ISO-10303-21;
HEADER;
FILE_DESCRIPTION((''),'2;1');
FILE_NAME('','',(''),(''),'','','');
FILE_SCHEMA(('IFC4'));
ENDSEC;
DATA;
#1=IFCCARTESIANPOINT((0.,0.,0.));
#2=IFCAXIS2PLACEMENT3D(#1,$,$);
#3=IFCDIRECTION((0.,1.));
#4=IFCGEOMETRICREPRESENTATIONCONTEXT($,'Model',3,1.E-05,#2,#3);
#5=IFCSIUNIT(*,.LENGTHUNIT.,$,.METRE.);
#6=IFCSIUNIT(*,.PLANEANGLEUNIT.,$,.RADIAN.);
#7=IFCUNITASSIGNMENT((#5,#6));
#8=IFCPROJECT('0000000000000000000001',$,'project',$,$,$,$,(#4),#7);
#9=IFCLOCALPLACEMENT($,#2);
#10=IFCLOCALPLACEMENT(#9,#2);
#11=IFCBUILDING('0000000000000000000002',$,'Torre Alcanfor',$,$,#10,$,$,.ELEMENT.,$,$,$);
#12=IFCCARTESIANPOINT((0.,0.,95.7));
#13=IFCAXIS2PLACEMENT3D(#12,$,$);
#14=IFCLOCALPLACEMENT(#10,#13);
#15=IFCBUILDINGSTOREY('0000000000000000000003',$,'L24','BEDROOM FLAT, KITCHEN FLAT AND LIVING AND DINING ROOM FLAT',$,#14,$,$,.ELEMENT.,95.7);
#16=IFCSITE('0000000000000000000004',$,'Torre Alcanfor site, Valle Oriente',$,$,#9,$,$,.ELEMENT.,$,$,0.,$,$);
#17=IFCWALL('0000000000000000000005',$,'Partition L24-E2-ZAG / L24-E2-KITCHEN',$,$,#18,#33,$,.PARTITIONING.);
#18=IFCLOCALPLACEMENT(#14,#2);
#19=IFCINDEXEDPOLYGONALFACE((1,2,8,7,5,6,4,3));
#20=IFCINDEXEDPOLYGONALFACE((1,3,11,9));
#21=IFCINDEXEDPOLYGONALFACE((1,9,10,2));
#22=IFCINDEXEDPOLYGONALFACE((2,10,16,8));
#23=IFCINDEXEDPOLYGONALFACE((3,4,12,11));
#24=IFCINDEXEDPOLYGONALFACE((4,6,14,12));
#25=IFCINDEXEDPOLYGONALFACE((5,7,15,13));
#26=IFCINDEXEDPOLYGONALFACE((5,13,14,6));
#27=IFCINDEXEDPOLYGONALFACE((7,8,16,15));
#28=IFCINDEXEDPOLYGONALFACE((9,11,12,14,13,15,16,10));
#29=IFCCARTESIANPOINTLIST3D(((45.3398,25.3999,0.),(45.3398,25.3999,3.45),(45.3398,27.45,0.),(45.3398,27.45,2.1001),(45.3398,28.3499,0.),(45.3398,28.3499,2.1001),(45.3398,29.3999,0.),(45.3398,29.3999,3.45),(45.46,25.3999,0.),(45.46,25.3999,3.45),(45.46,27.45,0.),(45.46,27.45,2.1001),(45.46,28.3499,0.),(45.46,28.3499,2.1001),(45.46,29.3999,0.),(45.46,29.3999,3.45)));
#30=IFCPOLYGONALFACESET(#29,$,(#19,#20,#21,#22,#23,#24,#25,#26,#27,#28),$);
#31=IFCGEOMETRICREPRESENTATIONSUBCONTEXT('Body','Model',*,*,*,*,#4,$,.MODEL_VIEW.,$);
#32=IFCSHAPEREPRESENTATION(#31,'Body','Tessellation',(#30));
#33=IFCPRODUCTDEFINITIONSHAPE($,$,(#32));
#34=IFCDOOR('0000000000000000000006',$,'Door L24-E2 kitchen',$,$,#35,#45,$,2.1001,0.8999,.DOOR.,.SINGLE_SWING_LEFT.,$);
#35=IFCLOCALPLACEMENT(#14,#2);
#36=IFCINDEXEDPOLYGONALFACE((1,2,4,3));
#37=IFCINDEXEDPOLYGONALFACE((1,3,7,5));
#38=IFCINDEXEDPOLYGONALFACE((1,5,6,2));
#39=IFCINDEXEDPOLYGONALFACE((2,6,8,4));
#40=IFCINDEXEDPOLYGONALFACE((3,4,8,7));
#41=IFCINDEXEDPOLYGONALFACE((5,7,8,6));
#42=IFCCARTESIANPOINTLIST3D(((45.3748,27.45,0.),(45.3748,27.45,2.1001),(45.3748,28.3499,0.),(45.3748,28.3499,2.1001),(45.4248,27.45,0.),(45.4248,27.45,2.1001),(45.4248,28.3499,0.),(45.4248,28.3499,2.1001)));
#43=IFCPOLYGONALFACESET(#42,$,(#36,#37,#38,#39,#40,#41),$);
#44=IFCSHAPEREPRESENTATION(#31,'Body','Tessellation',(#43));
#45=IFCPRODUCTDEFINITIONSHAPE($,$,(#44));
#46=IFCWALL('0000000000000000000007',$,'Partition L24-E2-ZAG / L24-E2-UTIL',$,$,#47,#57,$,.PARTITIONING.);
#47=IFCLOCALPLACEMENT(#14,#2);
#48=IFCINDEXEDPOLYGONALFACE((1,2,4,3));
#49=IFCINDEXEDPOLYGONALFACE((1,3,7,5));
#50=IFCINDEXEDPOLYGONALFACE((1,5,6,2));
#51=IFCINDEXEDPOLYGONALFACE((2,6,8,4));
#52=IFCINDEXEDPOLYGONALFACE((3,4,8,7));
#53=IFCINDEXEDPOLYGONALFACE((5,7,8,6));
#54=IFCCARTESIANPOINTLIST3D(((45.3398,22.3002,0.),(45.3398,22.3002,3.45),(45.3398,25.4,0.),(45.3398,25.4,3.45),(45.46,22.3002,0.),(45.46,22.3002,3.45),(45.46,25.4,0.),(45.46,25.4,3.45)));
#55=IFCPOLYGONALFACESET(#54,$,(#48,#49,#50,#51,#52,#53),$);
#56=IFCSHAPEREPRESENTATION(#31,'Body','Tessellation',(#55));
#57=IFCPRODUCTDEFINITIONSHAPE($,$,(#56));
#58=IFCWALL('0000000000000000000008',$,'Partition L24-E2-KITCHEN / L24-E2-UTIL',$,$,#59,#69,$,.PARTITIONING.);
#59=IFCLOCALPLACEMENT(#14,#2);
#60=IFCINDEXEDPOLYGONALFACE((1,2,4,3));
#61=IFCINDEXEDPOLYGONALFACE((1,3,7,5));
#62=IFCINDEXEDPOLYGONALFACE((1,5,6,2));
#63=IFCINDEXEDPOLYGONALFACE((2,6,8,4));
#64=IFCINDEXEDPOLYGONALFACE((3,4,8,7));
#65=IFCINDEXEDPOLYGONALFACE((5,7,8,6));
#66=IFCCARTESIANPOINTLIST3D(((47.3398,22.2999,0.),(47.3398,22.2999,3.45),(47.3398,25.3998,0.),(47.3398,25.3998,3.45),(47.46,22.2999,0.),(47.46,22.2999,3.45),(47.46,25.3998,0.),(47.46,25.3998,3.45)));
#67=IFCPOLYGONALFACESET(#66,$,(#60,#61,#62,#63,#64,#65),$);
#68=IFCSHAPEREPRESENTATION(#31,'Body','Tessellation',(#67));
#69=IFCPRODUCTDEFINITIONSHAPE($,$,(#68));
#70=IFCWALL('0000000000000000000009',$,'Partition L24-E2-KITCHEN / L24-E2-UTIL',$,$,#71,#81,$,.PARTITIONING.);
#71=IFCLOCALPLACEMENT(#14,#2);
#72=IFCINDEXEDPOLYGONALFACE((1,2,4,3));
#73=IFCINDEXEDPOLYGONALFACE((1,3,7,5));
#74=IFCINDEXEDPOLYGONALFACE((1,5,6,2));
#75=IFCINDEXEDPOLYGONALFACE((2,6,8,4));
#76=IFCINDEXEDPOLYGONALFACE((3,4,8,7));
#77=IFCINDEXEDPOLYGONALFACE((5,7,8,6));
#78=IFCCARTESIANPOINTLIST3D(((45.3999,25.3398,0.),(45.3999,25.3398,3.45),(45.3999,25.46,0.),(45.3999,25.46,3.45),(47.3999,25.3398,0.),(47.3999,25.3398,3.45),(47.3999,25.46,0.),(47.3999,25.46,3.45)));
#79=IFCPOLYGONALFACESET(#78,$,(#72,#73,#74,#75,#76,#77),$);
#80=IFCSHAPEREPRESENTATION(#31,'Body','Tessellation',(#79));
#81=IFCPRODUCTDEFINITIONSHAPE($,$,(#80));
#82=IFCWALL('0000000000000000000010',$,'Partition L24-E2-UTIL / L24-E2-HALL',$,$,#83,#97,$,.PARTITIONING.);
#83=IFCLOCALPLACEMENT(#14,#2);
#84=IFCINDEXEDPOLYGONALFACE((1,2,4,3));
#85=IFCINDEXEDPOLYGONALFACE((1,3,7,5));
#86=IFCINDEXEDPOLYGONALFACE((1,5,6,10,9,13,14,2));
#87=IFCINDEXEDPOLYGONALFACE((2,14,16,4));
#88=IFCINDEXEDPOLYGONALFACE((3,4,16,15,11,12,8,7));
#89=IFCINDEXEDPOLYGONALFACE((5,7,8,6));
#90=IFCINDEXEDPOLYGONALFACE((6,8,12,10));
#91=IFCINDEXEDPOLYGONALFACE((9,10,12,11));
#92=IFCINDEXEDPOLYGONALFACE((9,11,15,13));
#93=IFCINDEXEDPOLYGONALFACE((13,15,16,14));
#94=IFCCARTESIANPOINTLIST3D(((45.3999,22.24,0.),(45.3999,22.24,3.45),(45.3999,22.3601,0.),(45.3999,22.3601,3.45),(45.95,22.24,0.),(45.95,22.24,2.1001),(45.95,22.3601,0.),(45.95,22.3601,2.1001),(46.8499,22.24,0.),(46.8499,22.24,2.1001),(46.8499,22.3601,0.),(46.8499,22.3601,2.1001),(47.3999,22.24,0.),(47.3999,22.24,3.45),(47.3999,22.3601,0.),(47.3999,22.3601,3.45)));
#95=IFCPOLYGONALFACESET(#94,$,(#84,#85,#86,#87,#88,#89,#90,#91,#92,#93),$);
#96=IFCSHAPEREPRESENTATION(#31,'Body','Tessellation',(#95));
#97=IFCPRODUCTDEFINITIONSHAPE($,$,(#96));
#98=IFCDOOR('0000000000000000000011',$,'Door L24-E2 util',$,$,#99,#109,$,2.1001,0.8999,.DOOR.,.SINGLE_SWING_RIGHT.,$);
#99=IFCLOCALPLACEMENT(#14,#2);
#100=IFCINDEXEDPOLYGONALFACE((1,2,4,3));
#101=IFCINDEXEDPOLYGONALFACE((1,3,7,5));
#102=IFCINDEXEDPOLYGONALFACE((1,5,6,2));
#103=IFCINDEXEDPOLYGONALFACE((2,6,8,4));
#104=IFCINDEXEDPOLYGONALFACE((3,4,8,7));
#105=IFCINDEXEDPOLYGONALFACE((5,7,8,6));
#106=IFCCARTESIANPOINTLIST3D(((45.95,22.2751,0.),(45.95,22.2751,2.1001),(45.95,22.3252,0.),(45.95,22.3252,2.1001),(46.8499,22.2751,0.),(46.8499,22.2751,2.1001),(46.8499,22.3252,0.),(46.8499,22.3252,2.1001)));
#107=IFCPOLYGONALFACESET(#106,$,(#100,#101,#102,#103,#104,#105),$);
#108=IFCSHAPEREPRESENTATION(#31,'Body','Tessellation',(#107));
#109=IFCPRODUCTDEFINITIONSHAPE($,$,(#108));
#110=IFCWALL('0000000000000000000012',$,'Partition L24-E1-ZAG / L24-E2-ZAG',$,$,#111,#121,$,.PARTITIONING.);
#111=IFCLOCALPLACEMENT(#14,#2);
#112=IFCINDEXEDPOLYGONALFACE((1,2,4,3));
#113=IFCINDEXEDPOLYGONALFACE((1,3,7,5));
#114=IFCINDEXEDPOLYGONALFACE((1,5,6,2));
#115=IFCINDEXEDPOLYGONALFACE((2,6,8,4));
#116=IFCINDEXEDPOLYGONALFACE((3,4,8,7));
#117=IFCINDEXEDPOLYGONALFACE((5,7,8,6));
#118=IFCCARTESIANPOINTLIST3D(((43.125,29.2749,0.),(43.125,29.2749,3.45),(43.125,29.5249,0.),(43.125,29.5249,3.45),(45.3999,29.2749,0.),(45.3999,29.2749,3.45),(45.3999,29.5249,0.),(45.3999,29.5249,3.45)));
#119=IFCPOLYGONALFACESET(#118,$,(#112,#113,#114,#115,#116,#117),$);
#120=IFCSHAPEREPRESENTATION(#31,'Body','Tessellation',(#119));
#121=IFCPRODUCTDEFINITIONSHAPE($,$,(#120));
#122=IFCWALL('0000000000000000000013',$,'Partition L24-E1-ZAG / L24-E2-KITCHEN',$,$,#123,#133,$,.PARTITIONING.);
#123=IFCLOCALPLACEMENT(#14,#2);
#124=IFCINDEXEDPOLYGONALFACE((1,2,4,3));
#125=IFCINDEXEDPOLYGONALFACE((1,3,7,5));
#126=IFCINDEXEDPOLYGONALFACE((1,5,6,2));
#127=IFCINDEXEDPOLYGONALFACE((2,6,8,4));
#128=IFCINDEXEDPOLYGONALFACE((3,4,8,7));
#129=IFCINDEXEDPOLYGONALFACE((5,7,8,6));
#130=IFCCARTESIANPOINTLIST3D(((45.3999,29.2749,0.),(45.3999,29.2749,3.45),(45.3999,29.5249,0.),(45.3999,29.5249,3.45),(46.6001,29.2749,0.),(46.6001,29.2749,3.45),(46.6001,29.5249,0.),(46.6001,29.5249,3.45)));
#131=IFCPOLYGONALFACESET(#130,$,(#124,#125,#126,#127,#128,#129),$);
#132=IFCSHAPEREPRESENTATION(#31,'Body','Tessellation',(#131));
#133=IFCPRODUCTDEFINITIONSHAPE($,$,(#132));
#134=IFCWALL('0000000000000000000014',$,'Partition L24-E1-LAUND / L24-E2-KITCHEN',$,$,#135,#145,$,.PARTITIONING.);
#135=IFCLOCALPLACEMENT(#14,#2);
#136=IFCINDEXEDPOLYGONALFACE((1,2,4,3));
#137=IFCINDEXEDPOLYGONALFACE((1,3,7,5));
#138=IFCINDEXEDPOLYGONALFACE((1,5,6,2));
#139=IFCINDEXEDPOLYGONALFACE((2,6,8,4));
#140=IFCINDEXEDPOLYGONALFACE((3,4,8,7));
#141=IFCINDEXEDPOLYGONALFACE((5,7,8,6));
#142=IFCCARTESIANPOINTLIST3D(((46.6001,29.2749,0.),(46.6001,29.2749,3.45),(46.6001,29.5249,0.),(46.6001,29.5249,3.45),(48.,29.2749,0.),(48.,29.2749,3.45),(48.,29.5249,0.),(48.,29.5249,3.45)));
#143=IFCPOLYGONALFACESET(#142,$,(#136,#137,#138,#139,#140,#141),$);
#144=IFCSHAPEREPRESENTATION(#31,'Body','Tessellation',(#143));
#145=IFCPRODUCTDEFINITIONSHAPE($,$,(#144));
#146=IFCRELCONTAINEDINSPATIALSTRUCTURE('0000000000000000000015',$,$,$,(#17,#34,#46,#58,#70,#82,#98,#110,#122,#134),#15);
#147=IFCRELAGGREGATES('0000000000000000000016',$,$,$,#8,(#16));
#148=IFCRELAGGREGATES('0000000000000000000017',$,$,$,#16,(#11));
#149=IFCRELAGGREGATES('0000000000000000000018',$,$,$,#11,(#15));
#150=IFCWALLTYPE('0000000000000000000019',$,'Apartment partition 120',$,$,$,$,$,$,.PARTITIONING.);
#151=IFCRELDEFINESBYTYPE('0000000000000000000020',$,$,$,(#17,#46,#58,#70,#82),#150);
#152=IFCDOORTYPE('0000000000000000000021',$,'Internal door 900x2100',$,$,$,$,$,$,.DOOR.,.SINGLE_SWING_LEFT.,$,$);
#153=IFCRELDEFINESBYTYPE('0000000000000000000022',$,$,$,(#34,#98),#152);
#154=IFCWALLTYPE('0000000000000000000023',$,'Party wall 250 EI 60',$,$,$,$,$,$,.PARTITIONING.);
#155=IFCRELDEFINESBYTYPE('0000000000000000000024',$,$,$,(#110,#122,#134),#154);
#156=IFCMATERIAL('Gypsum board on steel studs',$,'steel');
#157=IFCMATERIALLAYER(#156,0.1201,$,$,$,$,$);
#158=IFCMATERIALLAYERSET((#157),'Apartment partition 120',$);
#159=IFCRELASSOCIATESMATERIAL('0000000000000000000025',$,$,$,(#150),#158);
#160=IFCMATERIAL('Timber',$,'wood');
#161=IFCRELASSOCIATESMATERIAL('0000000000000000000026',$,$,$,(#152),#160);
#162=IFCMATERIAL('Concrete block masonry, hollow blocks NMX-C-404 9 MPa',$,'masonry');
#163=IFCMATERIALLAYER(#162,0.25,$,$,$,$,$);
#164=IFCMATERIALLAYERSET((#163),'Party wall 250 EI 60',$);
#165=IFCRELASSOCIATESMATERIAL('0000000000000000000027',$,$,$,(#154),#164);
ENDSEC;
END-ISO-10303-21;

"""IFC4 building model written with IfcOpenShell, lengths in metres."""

from ifc_helpers import new_model, si_unit, direction, frame, frame_2d, origin, place, context, subcontext, project, spatial, rectangle, extrude, material, layer, layer_set, type_object, element, fill, save


model = new_model("IFC4")

# Units and contexts
model_context = context("Model", 3, precision=1e-05, world=origin(), true_north=direction((0.0, 1.0)))
body_context = subcontext(model_context, "Body", "Model", "MODEL_VIEW")
ifc_project = project(units=[si_unit("LENGTHUNIT", "METRE"), si_unit("PLANEANGLEUNIT", "RADIAN")], contexts=[model_context])

# Site, building, storey
site_placement = place(None, origin())
site = spatial("IfcSite", under=ifc_project, at=site_placement, Name="Torre Alcanfor site, Valle Oriente", CompositionType="ELEMENT", RefElevation=0.0)
building_placement = place(site_placement, origin())
building = spatial("IfcBuilding", under=site, at=building_placement, Name="Torre Alcanfor", CompositionType="ELEMENT")
storey_placement = place(building_placement, frame((0.0, 0.0, 95.7)))
storey = spatial("IfcBuildingStorey", under=building, at=storey_placement, Name="L24", Description="BEDROOM FLAT, KITCHEN FLAT AND LIVING AND DINING ROOM FLAT", CompositionType="ELEMENT", Elevation=95.7)

# Shared definitions
ifc_material_1 = material(Name="Gypsum board on steel studs", Category="steel")
ifc_layer_1 = layer(ifc_material_1, 0.1201)
ifc_layer_set_1 = layer_set([ifc_layer_1], Name="Apartment partition 120")
wall_type_1 = type_object("IfcWallType", Name="Apartment partition 120", PredefinedType="PARTITIONING", material=ifc_layer_set_1)

# Wall, opening, door
wall_1_placement = place(storey_placement, frame((45.3999, 29.3999, 0.0), z_axis=(0.0, 0.0, 1.0), x_axis=(0.0, -1.0, 0.0)))
wall_1 = element("IfcWall", 1, at=wall_1_placement, inside=storey, type_object=wall_type_1, Name="Partition L24-E2-ZAG / L24-E2-KITCHEN", PredefinedType="PARTITIONING", context=body_context, shape_type="SweptSolid", body=[
    extrude(rectangle(XDim=4.0, YDim=0.1201, at=frame_2d((2.0, 0.0))), origin(), (0.0, 0.0, 1.0), 3.45),
])
opening_1_placement = place(wall_1_placement, frame((1.05, 0.0, 0.0)))
opening_1 = element("IfcOpeningElement", 2, at=opening_1_placement, cuts=wall_1, PredefinedType="OPENING", context=body_context, shape_type="SweptSolid", body=[
    extrude(rectangle(XDim=0.8999, YDim=2.1001, at=frame_2d((0.45, 1.05))), frame((0.0, 0.0701, 0.0), z_axis=(0.0, -1.0, 0.0), x_axis=(1.0, 0.0, 0.0)), (0.0, 0.0, 1.0), 0.1401),
])
ifc_material_2 = material(Name="Timber", Category="wood")
door_type_1 = type_object("IfcDoorType", Name="Internal door 900x2100", OperationType="SINGLE_SWING_LEFT", PredefinedType="DOOR", material=ifc_material_2)
door_1_placement = place(opening_1_placement, origin())
door_1 = element("IfcDoor", 3, at=door_1_placement, inside=storey, type_object=door_type_1, Name="Door L24-E2 kitchen", OperationType="SINGLE_SWING_LEFT", OverallHeight=2.1001, OverallWidth=0.8999, PredefinedType="DOOR", context=body_context, shape_type="SweptSolid", body=[
    extrude(rectangle(XDim=0.8999, YDim=2.1001, at=frame_2d((0.45, 1.05))), frame((0.0, 0.0249, 0.0), z_axis=(0.0, -1.0, 0.0), x_axis=(1.0, 0.0, 0.0)), (0.0, 0.0, 1.0), 0.05),
])
fill(opening_1, door_1)

# Walls
for number, where, z_axis, x_axis, name in (
    (4, (45.3999, 25.3999, 0.0), (0.0, 0.0, 1.0), (0.0, -1.0, 0.0), "Partition L24-E2-ZAG / L24-E2-UTIL"),
    (5, (47.3999, 22.3, 0.0), (0.0, 0.0, 1.0), (0.0, 1.0, 0.0), "Partition L24-E2-KITCHEN / L24-E2-UTIL"),
):
    element("IfcWall", number, at=place(storey_placement, frame(where, z_axis=z_axis, x_axis=x_axis)), inside=storey, type_object=wall_type_1, Name=name, PredefinedType="PARTITIONING", context=body_context, shape_type="SweptSolid", body=[
        extrude(rectangle(XDim=3.0999, YDim=0.1201, at=frame_2d((1.5498, 0.0))), origin(), (0.0, 0.0, 1.0), 3.45),
    ])
wall_2_placement = place(storey_placement, frame((47.3999, 25.3999, 0.0), z_axis=(0.0, 0.0, 1.0), x_axis=(-1.0, 0.0, 0.0)))
element("IfcWall", 6, at=wall_2_placement, inside=storey, type_object=wall_type_1, Name="Partition L24-E2-KITCHEN / L24-E2-UTIL", PredefinedType="PARTITIONING", context=body_context, shape_type="SweptSolid", body=[
    extrude(rectangle(XDim=2.0, YDim=0.1201, at=frame_2d((1.0, 0.0))), origin(), (0.0, 0.0, 1.0), 3.45),
])

# Wall, opening, door
wall_3_placement = place(storey_placement, frame((47.3999, 22.3, 0.0), z_axis=(0.0, 0.0, 1.0), x_axis=(-1.0, 0.0, 0.0)))
wall_3 = element("IfcWall", 7, at=wall_3_placement, inside=storey, type_object=wall_type_1, Name="Partition L24-E2-UTIL / L24-E2-HALL", PredefinedType="PARTITIONING", context=body_context, shape_type="SweptSolid", body=[
    extrude(rectangle(XDim=2.0, YDim=0.1201, at=frame_2d((1.0, 0.0))), origin(), (0.0, 0.0, 1.0), 3.45),
])
opening_2_placement = place(wall_3_placement, frame((0.55, 0.0, 0.0)))
opening_2 = element("IfcOpeningElement", 8, at=opening_2_placement, cuts=wall_3, PredefinedType="OPENING", context=body_context, shape_type="SweptSolid", body=[
    extrude(rectangle(XDim=0.8999, YDim=2.1001, at=frame_2d((0.45, 1.05))), frame((0.0, 0.0701, 0.0), z_axis=(0.0, -1.0, 0.0), x_axis=(1.0, 0.0, 0.0)), (0.0, 0.0, 1.0), 0.1401),
])
door_2_placement = place(opening_2_placement, frame((0.8999, 0.0, 0.0), z_axis=(0.0, 0.0, 1.0), x_axis=(-1.0, 0.0, 0.0)))
door_2 = element("IfcDoor", 9, at=door_2_placement, inside=storey, type_object=door_type_1, Name="Door L24-E2 util", OperationType="SINGLE_SWING_RIGHT", OverallHeight=2.1001, OverallWidth=0.8999, PredefinedType="DOOR", context=body_context, shape_type="SweptSolid", body=[
    extrude(rectangle(XDim=0.8999, YDim=2.1001, at=frame_2d((0.45, 1.05))), frame((0.0, 0.0251, 0.0), z_axis=(0.0, -1.0, 0.0), x_axis=(1.0, 0.0, 0.0)), (0.0, 0.0, 1.0), 0.05),
])
fill(opening_2, door_2)

# Walls
ifc_material_3 = material(Name="Concrete block masonry, hollow blocks NMX-C-404 9 MPa", Category="masonry")
ifc_layer_2 = layer(ifc_material_3, 0.25)
ifc_layer_set_2 = layer_set([ifc_layer_2], Name="Party wall 250 EI 60")
wall_type_2 = type_object("IfcWallType", Name="Party wall 250 EI 60", PredefinedType="PARTITIONING", material=ifc_layer_set_2)
wall_4_placement = place(storey_placement, frame((43.125, 29.3999, 0.0), z_axis=(0.0, 0.0, 1.0), x_axis=(1.0, 0.0, 0.0)))
element("IfcWall", 10, at=wall_4_placement, inside=storey, type_object=wall_type_2, Name="Partition L24-E1-ZAG / L24-E2-ZAG", PredefinedType="PARTITIONING", context=body_context, shape_type="SweptSolid", body=[
    extrude(rectangle(XDim=2.2749, YDim=0.25, at=frame_2d((1.1375, 0.0))), origin(), (0.0, 0.0, 1.0), 3.45),
])
wall_5_placement = place(storey_placement, frame((45.3999, 29.3999, 0.0), z_axis=(0.0, 0.0, 1.0), x_axis=(1.0, 0.0, 0.0)))
element("IfcWall", 11, at=wall_5_placement, inside=storey, type_object=wall_type_2, Name="Partition L24-E1-ZAG / L24-E2-KITCHEN", PredefinedType="PARTITIONING", context=body_context, shape_type="SweptSolid", body=[
    extrude(rectangle(XDim=1.2002, YDim=0.25, at=frame_2d((0.6001, 0.0))), origin(), (0.0, 0.0, 1.0), 3.45),
])
wall_6_placement = place(storey_placement, frame((46.6001, 29.3999, 0.0), z_axis=(0.0, 0.0, 1.0), x_axis=(1.0, 0.0, 0.0)))
element("IfcWall", 12, at=wall_6_placement, inside=storey, type_object=wall_type_2, Name="Partition L24-E1-LAUND / L24-E2-KITCHEN", PredefinedType="PARTITIONING", context=body_context, shape_type="SweptSolid", body=[
    extrude(rectangle(XDim=1.3999, YDim=0.25, at=frame_2d((0.7, 0.0))), origin(), (0.0, 0.0, 1.0), 3.45),
])

save(model, "model.ifc")
